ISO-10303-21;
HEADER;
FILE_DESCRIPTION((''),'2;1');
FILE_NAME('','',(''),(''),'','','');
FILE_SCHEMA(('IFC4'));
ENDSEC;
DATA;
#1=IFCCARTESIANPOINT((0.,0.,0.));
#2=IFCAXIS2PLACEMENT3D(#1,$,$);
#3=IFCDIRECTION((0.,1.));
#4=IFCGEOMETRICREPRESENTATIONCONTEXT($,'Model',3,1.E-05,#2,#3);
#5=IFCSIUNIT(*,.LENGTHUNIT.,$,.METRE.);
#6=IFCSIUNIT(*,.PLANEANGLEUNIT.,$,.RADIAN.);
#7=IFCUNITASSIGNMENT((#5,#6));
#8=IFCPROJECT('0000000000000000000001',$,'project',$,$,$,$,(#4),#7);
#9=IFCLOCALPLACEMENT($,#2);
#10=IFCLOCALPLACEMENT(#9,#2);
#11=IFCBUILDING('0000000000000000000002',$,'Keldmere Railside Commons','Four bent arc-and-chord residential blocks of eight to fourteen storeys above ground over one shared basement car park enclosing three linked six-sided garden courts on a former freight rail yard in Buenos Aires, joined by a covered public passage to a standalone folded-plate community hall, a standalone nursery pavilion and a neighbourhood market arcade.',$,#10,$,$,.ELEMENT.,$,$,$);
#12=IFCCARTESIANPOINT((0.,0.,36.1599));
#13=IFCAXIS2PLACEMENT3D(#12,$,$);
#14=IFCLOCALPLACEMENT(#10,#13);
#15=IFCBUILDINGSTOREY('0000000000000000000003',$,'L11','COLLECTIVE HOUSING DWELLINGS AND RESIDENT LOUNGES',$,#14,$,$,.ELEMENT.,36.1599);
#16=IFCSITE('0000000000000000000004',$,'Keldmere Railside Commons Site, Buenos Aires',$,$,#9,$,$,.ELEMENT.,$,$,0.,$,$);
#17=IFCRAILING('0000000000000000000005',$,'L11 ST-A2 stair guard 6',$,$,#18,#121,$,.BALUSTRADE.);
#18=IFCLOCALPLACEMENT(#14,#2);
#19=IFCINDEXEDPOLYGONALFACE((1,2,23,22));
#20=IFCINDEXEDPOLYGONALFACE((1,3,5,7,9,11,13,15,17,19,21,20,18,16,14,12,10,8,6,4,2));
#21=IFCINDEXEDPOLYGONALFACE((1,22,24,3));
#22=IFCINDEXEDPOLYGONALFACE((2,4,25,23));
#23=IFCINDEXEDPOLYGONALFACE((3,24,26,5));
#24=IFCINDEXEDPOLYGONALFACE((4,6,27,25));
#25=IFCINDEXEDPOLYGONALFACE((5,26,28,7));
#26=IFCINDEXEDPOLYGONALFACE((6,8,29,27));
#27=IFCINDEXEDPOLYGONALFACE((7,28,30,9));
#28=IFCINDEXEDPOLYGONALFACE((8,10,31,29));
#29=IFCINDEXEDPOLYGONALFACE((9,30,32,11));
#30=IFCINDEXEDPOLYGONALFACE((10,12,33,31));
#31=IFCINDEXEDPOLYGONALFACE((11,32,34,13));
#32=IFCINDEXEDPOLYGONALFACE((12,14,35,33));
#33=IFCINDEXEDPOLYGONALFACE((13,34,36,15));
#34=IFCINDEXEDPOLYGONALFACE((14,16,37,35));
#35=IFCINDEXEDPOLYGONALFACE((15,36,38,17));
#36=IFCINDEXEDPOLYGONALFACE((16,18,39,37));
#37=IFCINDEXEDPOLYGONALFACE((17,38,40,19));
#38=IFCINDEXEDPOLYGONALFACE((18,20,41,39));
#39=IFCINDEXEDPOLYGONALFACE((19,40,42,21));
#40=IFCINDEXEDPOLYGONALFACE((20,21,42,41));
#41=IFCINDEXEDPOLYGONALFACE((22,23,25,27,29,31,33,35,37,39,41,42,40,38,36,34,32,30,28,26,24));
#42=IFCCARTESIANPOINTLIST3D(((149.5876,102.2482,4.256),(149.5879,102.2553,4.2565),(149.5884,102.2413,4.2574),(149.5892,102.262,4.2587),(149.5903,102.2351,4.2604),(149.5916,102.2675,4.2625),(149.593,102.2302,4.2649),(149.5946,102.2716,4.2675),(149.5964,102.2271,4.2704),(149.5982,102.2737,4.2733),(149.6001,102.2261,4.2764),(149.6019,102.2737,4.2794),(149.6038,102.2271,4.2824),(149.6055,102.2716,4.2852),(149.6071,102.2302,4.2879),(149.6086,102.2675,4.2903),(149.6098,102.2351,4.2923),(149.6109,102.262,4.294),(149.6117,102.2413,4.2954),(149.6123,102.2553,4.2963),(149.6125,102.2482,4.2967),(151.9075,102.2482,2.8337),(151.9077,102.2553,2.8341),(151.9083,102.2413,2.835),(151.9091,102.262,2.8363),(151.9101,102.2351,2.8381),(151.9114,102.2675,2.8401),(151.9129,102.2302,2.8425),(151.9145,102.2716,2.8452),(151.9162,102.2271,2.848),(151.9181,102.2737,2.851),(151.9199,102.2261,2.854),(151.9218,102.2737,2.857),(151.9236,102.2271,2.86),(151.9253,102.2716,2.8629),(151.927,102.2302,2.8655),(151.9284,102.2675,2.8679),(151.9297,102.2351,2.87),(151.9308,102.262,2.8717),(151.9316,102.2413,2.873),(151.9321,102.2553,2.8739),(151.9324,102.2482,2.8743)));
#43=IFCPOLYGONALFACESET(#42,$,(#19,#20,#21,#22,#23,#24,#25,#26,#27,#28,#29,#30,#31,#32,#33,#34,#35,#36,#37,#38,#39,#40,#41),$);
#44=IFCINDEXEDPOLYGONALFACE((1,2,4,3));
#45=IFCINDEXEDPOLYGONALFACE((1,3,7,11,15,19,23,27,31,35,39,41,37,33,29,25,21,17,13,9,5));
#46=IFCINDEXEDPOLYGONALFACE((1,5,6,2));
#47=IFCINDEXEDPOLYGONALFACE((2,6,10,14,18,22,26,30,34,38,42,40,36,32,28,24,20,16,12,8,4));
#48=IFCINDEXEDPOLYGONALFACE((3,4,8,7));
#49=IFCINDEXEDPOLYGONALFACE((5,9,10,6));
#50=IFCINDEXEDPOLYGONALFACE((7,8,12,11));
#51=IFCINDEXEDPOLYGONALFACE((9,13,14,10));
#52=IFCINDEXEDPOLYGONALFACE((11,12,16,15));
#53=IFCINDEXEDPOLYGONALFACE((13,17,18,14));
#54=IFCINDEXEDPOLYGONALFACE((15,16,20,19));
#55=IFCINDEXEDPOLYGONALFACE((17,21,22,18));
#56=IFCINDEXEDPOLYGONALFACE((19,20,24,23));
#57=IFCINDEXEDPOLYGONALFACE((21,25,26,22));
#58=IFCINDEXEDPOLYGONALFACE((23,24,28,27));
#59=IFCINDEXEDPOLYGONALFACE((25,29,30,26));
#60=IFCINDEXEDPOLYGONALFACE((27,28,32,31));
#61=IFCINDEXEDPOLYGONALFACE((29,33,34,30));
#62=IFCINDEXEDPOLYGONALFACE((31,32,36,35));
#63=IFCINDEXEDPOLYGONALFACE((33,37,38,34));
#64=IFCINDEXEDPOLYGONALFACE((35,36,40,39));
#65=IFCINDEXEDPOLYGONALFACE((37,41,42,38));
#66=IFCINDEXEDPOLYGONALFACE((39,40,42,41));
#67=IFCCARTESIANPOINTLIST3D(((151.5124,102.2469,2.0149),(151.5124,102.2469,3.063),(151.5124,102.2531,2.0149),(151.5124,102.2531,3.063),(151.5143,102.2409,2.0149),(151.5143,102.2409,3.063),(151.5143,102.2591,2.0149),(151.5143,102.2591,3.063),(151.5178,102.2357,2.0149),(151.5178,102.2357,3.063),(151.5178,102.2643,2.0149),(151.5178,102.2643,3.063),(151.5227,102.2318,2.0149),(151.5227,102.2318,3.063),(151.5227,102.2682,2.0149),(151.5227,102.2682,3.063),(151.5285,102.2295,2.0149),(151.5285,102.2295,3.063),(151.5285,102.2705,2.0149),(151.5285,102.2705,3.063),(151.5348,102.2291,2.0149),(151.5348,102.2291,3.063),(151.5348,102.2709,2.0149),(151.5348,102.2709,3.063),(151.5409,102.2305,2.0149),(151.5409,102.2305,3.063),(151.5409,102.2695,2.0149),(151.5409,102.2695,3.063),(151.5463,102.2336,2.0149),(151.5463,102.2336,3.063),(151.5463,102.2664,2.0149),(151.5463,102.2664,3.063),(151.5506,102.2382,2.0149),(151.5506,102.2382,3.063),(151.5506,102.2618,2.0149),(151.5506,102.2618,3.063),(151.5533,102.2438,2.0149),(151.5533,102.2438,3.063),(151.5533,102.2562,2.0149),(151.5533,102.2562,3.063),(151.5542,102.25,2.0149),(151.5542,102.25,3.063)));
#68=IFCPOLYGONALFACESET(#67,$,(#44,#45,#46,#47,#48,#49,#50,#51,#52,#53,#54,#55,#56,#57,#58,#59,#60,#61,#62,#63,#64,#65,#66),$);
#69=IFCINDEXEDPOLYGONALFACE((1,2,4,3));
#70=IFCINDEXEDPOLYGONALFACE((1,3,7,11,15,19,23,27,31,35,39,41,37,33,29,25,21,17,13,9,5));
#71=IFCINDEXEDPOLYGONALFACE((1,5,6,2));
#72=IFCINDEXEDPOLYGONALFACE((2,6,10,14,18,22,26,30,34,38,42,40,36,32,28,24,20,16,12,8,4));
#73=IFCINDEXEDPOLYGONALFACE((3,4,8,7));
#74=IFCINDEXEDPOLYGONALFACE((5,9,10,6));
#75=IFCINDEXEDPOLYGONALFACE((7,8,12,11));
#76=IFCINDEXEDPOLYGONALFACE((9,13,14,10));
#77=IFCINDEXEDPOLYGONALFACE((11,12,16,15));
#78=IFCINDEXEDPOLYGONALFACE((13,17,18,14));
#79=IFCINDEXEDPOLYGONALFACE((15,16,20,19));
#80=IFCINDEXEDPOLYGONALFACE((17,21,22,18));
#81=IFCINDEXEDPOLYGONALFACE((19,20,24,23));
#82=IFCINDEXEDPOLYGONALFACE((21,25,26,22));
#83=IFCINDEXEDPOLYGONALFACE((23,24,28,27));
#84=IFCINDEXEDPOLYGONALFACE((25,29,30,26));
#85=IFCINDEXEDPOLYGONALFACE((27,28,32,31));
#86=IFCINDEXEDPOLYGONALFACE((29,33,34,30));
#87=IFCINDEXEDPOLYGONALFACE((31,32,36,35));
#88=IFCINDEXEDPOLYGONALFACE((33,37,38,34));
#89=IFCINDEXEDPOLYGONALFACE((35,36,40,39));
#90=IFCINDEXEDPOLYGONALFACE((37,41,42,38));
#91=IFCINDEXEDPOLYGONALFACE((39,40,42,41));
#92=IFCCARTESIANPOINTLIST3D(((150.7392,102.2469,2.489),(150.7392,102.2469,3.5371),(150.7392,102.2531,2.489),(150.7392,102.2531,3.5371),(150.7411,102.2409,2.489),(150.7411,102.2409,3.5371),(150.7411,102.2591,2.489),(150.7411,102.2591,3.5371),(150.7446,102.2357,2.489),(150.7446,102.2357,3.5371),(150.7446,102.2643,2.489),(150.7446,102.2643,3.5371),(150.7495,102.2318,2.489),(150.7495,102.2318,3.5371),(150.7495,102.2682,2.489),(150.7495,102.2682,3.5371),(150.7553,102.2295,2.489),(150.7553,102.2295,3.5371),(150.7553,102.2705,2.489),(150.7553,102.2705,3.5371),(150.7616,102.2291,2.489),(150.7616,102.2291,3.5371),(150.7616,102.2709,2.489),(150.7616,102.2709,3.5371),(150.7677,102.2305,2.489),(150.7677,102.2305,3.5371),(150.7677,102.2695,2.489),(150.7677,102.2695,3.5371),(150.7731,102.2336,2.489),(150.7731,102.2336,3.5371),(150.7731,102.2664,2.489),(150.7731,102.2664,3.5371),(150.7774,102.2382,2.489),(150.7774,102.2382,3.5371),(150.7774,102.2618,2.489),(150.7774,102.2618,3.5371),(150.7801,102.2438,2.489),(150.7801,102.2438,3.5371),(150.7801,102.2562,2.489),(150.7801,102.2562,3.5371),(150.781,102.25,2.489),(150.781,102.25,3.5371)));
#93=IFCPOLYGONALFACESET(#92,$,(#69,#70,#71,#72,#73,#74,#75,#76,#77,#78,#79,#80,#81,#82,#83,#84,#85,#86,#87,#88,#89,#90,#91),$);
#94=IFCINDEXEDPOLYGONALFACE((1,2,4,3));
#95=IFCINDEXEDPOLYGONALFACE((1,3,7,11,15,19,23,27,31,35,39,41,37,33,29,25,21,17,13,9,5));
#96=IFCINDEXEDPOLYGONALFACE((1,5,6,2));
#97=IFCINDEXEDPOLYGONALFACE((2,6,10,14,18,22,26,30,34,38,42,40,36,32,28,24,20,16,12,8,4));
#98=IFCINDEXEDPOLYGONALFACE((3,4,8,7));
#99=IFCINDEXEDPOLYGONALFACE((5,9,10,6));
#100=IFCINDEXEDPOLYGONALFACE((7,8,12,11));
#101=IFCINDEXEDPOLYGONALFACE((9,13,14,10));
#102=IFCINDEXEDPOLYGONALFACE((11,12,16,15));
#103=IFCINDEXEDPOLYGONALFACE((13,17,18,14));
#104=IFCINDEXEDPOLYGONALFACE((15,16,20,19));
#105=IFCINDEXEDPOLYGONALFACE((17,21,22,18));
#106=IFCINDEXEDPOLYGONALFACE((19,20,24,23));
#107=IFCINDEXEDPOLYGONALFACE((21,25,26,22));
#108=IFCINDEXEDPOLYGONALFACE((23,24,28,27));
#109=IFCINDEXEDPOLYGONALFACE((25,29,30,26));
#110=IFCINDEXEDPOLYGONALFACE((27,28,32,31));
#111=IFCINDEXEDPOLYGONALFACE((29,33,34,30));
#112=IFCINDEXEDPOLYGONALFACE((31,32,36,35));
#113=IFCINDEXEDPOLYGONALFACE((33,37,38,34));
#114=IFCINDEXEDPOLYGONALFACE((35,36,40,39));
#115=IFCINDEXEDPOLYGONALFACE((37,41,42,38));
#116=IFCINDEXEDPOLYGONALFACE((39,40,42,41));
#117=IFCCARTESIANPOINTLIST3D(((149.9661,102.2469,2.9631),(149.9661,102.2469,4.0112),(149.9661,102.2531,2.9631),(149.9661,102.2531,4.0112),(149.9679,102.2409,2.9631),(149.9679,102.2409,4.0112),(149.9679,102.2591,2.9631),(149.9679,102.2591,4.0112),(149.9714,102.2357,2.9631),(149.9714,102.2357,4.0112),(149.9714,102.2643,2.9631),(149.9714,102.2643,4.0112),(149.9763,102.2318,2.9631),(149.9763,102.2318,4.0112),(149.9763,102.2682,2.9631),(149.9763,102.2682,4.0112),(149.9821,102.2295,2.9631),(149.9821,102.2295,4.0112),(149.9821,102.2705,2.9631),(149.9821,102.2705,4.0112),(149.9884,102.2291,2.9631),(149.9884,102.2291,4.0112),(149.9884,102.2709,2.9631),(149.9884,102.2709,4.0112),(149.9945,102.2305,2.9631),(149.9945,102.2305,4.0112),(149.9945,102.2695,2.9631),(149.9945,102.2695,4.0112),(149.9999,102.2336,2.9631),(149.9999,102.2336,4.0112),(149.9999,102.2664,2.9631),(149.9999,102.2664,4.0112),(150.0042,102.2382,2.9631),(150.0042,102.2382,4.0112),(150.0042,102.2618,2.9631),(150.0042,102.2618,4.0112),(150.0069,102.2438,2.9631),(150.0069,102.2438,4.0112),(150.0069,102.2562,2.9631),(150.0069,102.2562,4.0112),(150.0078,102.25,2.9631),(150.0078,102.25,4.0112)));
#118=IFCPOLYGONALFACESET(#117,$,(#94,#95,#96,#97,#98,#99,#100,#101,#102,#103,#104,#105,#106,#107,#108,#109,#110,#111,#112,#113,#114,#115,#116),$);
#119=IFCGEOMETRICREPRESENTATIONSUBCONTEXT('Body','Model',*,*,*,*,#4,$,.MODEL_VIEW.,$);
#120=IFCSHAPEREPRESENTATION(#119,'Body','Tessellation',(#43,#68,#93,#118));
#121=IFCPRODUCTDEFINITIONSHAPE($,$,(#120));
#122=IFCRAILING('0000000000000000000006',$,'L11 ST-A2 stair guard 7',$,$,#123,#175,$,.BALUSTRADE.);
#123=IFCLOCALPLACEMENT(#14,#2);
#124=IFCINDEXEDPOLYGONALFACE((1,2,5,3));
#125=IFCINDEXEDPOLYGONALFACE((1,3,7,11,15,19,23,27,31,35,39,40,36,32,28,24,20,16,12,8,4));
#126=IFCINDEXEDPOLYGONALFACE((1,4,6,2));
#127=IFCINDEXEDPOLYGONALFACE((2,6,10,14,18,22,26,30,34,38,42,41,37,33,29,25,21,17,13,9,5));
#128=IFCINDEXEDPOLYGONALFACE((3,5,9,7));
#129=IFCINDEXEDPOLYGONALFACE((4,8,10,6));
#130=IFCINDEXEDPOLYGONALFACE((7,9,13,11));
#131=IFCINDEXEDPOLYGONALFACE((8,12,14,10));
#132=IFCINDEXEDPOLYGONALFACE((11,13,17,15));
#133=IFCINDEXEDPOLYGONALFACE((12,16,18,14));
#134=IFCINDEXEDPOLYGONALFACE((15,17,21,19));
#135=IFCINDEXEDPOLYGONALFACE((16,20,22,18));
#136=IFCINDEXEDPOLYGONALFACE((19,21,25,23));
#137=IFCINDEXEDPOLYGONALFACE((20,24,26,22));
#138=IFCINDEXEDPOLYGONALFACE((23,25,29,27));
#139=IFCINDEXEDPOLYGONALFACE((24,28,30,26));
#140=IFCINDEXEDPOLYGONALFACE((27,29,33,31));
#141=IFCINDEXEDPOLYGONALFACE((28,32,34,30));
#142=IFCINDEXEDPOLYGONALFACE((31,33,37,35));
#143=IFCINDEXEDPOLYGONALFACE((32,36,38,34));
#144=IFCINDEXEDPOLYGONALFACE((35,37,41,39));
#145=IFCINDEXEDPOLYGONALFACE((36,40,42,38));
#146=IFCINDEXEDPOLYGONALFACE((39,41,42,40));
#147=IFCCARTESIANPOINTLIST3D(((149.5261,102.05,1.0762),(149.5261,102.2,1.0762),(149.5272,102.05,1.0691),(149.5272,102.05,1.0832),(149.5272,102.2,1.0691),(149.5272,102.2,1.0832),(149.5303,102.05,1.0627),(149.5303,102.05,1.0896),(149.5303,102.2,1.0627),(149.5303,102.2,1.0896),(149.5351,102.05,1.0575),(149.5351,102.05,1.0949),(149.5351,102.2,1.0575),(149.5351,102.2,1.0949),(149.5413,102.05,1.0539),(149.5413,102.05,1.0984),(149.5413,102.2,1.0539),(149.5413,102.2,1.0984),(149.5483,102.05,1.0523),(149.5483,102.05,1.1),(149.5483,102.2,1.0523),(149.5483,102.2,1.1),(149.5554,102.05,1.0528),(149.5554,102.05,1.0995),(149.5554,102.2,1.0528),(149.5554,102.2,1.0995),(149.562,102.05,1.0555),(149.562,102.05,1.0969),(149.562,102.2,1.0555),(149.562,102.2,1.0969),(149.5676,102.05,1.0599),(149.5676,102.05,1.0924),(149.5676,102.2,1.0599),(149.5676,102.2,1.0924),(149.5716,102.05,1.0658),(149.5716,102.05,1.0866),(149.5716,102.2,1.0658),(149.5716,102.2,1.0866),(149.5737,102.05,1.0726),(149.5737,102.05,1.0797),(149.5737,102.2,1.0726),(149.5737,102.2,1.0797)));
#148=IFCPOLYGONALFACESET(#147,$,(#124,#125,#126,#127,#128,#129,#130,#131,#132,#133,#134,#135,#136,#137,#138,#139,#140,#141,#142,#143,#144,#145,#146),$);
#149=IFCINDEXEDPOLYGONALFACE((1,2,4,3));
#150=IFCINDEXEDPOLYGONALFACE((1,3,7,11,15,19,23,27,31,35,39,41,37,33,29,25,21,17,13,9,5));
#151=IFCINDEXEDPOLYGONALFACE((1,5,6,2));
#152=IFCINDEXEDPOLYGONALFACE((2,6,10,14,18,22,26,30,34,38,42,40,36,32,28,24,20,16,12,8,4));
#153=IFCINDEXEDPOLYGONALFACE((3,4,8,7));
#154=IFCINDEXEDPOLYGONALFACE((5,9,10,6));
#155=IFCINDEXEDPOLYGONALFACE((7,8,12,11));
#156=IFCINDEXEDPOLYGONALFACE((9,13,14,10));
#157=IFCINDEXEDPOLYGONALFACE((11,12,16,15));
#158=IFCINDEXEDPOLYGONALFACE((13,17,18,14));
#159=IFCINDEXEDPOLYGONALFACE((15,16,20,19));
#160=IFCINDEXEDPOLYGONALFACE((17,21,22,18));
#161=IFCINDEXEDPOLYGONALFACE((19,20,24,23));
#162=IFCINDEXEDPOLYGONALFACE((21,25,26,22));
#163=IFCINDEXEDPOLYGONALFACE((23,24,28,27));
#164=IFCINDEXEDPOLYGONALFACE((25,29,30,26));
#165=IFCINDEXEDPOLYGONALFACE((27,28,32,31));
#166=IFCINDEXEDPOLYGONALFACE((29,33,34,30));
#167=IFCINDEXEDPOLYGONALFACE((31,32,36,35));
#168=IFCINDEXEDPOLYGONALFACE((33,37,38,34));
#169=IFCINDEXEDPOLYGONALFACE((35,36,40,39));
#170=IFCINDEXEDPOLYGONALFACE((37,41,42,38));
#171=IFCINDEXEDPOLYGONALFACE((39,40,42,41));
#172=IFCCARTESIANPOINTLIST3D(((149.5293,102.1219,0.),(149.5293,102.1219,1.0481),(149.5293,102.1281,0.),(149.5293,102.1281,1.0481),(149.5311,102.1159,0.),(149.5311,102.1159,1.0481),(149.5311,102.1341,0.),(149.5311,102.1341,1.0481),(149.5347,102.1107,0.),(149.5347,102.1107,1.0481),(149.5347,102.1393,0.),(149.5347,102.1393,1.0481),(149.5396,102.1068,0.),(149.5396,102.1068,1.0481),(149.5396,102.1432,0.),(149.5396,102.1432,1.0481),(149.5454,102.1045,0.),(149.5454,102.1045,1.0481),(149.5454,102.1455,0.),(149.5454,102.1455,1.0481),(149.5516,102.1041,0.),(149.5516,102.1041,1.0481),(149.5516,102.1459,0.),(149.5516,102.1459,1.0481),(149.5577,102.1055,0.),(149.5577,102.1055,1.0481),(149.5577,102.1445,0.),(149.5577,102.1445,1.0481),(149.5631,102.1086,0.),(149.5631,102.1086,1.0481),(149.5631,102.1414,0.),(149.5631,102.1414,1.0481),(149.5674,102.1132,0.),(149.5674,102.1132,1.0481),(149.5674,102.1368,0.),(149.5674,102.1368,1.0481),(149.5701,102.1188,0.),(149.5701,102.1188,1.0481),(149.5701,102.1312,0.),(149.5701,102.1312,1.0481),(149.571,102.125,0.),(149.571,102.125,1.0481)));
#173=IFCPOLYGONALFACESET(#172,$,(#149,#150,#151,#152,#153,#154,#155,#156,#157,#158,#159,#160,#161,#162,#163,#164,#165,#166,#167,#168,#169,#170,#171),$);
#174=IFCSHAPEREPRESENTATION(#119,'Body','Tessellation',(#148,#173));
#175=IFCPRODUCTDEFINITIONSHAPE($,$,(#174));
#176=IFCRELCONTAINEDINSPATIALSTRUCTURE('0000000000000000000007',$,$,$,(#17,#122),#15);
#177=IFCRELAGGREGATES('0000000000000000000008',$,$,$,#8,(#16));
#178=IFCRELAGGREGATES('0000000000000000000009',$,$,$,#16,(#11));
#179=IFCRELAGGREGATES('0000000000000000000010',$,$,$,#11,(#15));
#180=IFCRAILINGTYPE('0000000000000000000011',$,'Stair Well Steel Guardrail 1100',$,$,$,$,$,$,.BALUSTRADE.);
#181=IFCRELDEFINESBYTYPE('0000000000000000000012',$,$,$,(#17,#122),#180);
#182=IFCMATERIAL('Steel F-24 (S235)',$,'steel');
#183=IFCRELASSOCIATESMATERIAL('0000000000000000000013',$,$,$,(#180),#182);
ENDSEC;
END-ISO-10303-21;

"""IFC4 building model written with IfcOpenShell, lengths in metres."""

from ifc_helpers import new_model, si_unit, direction, frame, origin, origin_2d, place, context, subcontext, project, spatial, circle, extrude, material, type_object, element, save


model = new_model("IFC4")

# Units and contexts
model_context = context("Model", 3, precision=1e-05, world=origin(), true_north=direction((0.0, 1.0)))
body_context = subcontext(model_context, "Body", "Model", "MODEL_VIEW")
ifc_project = project(units=[si_unit("LENGTHUNIT", "METRE"), si_unit("PLANEANGLEUNIT", "RADIAN")], contexts=[model_context])

# Site, building, storey
site_placement = place(None, origin())
site = spatial("IfcSite", under=ifc_project, at=site_placement, Name="Keldmere Railside Commons Site, Buenos Aires", CompositionType="ELEMENT", RefElevation=0.0)
building_placement = place(site_placement, origin())
building = spatial("IfcBuilding", under=site, at=building_placement, Name="Keldmere Railside Commons", Description="Four bent arc-and-chord residential blocks of eight to fourteen storeys above ground over one shared basement car park enclosing three linked six-sided garden courts on a former freight rail yard in Buenos Aires, joined by a covered public passage to a standalone folded-plate community hall, a standalone nursery pavilion and a neighbourhood market arcade.", CompositionType="ELEMENT")
storey_placement = place(building_placement, frame((0.0, 0.0, 36.1599)))
storey = spatial("IfcBuildingStorey", under=building, at=storey_placement, Name="L11", Description="COLLECTIVE HOUSING DWELLINGS AND RESIDENT LOUNGES", CompositionType="ELEMENT", Elevation=36.1599)

# Railings
ifc_material_1 = material(Name="Steel F-24 (S235)", Category="steel")
railing_type_1 = type_object("IfcRailingType", Name="Stair Well Steel Guardrail 1100", PredefinedType="BALUSTRADE", material=ifc_material_1)
railing_1_placement = place(storey_placement, frame((151.9199, 102.25, 1.7778)))
element("IfcRailing", 1, at=railing_1_placement, inside=storey, type_object=railing_type_1, Name="L11 ST-A2 stair guard 6", PredefinedType="BALUSTRADE", context=body_context, shape_type="SweptSolid", body=[
    extrude(circle(Radius=0.0239, at=origin_2d()), frame((0.0, 0.0, 1.0762), z_axis=(-0.852514, 0.0, 0.522705), x_axis=(0.0, -1.0, 0.0)), (0.0, 0.0, 1.0), 2.7212),
    extrude(circle(Radius=0.021, at=origin_2d()), frame((-0.3867, 0.0, 0.2371)), (0.0, 0.0, 1.0), 1.0481),
    extrude(circle(Radius=0.021, at=origin_2d()), frame((-1.1599, 0.0, 0.7112)), (0.0, 0.0, 1.0), 1.0481),
    extrude(circle(Radius=0.021, at=origin_2d()), frame((-1.9331, 0.0, 1.1853)), (0.0, 0.0, 1.0), 1.0481),
])
railing_2_placement = place(storey_placement, frame((149.55, 102.05, 0.0)))
element("IfcRailing", 2, at=railing_2_placement, inside=storey, type_object=railing_type_1, Name="L11 ST-A2 stair guard 7", PredefinedType="BALUSTRADE", context=body_context, shape_type="SweptSolid", body=[
    extrude(circle(Radius=0.0239, at=origin_2d()), frame((0.0, 0.0, 1.0762), z_axis=(0.0, 1.0, 0.0), x_axis=(-1.0, 0.0, 0.0)), (0.0, 0.0, 1.0), 0.1499),
    extrude(circle(Radius=0.021, at=origin_2d()), frame((0.0, 0.075, 0.0)), (0.0, 0.0, 1.0), 1.0481),
])

save(model, "model.ifc")
